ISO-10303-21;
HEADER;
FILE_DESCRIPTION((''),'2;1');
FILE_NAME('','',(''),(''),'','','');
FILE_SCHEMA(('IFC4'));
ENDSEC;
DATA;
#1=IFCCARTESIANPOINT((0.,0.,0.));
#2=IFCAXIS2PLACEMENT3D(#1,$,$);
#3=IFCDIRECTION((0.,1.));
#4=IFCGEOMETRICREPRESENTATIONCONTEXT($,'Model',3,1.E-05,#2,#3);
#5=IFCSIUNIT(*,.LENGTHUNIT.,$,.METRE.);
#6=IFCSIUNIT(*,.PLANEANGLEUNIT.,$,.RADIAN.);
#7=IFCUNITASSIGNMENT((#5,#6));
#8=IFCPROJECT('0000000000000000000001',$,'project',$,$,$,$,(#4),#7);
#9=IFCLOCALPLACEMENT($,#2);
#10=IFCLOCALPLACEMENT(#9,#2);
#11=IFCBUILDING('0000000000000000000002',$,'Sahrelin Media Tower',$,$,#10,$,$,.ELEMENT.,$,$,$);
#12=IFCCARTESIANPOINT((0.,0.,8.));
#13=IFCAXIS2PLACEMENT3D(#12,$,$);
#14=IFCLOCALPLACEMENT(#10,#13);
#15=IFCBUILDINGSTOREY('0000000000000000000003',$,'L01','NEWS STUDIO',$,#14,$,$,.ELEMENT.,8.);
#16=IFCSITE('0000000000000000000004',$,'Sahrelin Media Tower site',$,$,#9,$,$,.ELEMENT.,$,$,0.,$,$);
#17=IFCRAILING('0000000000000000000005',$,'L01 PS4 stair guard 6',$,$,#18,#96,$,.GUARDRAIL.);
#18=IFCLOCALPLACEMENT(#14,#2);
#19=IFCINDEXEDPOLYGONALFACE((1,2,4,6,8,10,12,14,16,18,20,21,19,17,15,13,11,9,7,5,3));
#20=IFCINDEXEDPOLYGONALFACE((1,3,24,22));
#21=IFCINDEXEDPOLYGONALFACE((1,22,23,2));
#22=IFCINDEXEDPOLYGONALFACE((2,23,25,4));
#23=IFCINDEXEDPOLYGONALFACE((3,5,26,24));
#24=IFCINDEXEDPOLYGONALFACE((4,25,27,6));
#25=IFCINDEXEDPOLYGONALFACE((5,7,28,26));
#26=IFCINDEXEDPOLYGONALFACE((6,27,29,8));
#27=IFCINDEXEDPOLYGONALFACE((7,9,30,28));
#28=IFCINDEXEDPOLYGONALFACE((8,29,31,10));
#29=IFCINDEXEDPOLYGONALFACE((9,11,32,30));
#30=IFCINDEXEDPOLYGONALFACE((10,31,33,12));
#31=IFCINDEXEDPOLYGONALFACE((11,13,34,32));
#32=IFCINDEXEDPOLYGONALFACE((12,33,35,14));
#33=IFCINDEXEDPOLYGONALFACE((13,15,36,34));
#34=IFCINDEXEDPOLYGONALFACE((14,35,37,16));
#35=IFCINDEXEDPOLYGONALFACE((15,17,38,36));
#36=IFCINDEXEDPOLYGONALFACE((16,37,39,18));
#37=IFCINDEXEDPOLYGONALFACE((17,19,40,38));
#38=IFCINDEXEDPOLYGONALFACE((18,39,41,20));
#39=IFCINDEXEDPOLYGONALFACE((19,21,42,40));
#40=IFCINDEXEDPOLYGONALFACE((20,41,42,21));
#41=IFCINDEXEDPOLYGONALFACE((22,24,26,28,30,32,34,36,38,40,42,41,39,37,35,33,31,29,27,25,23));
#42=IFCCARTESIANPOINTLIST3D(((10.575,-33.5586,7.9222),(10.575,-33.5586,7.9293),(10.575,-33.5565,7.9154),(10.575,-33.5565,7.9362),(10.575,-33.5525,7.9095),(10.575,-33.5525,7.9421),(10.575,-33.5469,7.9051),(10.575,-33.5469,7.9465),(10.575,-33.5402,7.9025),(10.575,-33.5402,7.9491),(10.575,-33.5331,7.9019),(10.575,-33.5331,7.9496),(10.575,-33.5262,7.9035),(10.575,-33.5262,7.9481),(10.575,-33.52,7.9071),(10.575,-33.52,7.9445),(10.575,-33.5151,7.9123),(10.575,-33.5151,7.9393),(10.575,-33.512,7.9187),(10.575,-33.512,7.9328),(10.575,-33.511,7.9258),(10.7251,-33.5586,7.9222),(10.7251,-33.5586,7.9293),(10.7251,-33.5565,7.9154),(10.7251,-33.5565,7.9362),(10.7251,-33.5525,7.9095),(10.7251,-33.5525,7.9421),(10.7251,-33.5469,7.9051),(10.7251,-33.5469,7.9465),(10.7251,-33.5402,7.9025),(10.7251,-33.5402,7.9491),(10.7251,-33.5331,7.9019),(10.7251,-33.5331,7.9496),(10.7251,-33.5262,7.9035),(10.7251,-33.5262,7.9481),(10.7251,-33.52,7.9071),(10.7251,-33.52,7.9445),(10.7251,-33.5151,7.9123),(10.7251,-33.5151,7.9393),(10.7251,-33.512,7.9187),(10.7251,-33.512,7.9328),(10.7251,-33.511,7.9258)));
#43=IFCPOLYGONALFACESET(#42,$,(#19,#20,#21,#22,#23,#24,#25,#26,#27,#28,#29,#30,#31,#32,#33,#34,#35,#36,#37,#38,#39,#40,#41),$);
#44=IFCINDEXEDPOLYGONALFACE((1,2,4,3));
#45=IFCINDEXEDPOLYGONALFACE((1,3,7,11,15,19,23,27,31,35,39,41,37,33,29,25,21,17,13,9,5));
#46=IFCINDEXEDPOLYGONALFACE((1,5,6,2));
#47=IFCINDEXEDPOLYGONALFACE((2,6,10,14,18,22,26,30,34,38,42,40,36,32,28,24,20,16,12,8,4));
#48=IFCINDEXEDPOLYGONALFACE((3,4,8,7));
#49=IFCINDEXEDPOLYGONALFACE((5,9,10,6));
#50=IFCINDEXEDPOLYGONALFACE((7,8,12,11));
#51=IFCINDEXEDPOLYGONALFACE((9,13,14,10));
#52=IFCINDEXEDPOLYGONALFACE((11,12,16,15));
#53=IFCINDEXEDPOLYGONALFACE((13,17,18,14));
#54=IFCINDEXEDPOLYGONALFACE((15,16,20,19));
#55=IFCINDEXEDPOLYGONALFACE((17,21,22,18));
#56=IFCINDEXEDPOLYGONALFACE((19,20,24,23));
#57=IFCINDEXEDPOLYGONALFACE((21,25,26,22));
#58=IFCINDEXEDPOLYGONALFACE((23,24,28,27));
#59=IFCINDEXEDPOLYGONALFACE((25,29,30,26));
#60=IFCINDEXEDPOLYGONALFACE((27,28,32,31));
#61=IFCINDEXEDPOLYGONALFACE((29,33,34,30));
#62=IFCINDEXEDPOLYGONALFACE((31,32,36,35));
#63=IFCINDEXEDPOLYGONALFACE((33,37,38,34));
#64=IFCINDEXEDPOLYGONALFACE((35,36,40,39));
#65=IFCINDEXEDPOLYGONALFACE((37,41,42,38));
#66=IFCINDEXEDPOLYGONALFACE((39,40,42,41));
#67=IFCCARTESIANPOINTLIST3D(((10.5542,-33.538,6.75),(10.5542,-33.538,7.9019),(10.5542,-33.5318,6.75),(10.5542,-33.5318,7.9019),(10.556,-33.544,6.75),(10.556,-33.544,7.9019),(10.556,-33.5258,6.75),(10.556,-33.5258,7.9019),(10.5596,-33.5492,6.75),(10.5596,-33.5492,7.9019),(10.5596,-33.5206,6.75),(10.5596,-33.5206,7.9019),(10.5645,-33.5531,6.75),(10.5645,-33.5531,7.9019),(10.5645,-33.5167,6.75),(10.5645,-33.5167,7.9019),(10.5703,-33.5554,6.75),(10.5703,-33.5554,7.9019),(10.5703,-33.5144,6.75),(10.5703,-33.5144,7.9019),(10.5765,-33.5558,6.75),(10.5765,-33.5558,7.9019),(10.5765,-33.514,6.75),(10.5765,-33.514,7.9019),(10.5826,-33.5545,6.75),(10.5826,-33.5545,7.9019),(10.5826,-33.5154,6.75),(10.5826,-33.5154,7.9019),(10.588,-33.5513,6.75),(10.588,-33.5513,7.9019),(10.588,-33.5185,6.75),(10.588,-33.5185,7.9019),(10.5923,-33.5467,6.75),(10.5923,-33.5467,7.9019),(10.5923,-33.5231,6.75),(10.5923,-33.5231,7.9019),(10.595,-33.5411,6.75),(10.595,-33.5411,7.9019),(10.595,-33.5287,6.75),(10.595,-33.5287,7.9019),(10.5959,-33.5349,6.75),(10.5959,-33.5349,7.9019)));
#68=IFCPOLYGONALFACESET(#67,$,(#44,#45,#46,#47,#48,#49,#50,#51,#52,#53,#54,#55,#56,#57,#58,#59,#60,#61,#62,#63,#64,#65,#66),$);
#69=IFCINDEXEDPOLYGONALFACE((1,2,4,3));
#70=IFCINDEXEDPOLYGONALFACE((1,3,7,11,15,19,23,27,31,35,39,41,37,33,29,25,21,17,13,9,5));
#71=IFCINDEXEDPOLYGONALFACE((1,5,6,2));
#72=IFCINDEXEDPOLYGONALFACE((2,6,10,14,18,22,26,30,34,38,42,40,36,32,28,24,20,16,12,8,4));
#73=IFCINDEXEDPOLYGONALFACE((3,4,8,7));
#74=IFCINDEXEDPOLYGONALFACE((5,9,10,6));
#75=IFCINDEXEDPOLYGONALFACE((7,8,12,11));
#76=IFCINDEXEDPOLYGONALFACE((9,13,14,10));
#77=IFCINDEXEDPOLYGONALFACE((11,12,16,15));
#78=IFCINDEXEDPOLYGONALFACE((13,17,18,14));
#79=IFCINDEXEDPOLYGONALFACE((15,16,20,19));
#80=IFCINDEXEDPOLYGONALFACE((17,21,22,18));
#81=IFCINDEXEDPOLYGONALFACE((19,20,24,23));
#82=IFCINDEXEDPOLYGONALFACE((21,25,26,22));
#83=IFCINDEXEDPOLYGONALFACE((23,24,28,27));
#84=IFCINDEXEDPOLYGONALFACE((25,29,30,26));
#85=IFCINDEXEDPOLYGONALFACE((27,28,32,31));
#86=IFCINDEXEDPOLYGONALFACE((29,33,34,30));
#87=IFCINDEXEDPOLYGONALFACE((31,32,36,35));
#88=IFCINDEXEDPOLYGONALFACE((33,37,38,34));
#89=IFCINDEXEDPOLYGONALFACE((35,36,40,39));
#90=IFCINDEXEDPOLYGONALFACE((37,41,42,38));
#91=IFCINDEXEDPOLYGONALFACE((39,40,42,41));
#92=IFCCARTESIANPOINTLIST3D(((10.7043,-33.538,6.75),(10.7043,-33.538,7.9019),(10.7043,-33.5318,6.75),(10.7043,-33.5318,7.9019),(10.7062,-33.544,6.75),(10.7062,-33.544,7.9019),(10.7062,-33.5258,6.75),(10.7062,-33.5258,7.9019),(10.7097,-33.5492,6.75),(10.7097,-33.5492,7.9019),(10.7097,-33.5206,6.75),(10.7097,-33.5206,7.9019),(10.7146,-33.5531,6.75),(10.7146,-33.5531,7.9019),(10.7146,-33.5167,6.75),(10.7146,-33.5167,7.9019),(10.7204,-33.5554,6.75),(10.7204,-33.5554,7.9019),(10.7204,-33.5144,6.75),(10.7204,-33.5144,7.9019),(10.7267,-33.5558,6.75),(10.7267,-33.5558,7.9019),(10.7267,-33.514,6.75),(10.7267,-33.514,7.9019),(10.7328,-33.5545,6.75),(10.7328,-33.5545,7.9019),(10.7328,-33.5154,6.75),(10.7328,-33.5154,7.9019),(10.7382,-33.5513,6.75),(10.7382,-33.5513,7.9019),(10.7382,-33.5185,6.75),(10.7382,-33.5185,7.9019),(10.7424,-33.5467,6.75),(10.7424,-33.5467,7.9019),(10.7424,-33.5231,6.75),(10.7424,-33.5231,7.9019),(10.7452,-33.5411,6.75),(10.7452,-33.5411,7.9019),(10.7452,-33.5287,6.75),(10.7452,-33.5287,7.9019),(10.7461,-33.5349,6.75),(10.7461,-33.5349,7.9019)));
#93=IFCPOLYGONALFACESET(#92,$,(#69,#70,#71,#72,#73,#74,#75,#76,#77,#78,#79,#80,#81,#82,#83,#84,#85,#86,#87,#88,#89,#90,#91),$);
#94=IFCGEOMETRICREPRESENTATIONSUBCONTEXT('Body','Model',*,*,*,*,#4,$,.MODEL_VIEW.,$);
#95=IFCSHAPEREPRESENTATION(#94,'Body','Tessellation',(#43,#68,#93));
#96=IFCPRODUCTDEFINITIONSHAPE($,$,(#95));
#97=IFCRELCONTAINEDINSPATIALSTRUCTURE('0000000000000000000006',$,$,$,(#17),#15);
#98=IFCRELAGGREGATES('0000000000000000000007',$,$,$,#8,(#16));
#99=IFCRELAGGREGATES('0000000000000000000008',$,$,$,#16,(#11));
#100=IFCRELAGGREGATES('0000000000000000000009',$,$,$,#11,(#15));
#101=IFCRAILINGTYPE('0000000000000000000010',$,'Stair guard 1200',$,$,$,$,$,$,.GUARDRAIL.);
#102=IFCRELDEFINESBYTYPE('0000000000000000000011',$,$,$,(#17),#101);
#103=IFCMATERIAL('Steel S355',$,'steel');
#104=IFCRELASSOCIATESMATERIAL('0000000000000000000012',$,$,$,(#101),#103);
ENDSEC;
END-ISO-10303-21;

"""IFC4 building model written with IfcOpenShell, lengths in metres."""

from ifc_helpers import new_model, si_unit, direction, frame, origin, origin_2d, place, context, subcontext, project, spatial, circle, extrude, material, type_object, element, save


model = new_model("IFC4")

# Units and contexts
model_context = context("Model", 3, precision=1e-05, world=origin(), true_north=direction((0.0, 1.0)))
body_context = subcontext(model_context, "Body", "Model", "MODEL_VIEW")
ifc_project = project(units=[si_unit("LENGTHUNIT", "METRE"), si_unit("PLANEANGLEUNIT", "RADIAN")], contexts=[model_context])

# Site, building, storey
site_placement = place(None, origin())
site = spatial("IfcSite", under=ifc_project, at=site_placement, Name="Sahrelin Media Tower site", CompositionType="ELEMENT", RefElevation=0.0)
building_placement = place(site_placement, origin())
building = spatial("IfcBuilding", under=site, at=building_placement, Name="Sahrelin Media Tower", CompositionType="ELEMENT")
storey_placement = place(building_placement, frame((0.0, 0.0, 8.0)))
storey = spatial("IfcBuildingStorey", under=building, at=storey_placement, Name="L01", Description="NEWS STUDIO", CompositionType="ELEMENT", Elevation=8.0)

# Shared definitions
ifc_material_1 = material(Name="Steel S355", Category="steel")

# Railing
railing_type_1 = type_object("IfcRailingType", Name="Stair guard 1200", PredefinedType="GUARDRAIL", material=ifc_material_1)
railing_1_placement = place(storey_placement, frame((10.575, -33.5349, 6.75)))
element("IfcRailing", 1, at=railing_1_placement, inside=storey, type_object=railing_type_1, Name="L01 PS4 stair guard 6", PredefinedType="GUARDRAIL", context=body_context, shape_type="SweptSolid", body=[
    extrude(circle(Radius=0.0239, at=origin_2d()), frame((0.0, 0.0, 1.1758), z_axis=(1.0, 0.0, 0.0), x_axis=(0.0, 1.0, 0.0)), (0.0, 0.0, 1.0), 0.1501),
    extrude(circle(Radius=0.021, at=origin_2d()), origin(), (0.0, 0.0, 1.0), 1.1519),
    extrude(circle(Radius=0.021, at=origin_2d()), frame((0.1501, 0.0, 0.0)), (0.0, 0.0, 1.0), 1.1519),
])

save(model, "model.ifc")
